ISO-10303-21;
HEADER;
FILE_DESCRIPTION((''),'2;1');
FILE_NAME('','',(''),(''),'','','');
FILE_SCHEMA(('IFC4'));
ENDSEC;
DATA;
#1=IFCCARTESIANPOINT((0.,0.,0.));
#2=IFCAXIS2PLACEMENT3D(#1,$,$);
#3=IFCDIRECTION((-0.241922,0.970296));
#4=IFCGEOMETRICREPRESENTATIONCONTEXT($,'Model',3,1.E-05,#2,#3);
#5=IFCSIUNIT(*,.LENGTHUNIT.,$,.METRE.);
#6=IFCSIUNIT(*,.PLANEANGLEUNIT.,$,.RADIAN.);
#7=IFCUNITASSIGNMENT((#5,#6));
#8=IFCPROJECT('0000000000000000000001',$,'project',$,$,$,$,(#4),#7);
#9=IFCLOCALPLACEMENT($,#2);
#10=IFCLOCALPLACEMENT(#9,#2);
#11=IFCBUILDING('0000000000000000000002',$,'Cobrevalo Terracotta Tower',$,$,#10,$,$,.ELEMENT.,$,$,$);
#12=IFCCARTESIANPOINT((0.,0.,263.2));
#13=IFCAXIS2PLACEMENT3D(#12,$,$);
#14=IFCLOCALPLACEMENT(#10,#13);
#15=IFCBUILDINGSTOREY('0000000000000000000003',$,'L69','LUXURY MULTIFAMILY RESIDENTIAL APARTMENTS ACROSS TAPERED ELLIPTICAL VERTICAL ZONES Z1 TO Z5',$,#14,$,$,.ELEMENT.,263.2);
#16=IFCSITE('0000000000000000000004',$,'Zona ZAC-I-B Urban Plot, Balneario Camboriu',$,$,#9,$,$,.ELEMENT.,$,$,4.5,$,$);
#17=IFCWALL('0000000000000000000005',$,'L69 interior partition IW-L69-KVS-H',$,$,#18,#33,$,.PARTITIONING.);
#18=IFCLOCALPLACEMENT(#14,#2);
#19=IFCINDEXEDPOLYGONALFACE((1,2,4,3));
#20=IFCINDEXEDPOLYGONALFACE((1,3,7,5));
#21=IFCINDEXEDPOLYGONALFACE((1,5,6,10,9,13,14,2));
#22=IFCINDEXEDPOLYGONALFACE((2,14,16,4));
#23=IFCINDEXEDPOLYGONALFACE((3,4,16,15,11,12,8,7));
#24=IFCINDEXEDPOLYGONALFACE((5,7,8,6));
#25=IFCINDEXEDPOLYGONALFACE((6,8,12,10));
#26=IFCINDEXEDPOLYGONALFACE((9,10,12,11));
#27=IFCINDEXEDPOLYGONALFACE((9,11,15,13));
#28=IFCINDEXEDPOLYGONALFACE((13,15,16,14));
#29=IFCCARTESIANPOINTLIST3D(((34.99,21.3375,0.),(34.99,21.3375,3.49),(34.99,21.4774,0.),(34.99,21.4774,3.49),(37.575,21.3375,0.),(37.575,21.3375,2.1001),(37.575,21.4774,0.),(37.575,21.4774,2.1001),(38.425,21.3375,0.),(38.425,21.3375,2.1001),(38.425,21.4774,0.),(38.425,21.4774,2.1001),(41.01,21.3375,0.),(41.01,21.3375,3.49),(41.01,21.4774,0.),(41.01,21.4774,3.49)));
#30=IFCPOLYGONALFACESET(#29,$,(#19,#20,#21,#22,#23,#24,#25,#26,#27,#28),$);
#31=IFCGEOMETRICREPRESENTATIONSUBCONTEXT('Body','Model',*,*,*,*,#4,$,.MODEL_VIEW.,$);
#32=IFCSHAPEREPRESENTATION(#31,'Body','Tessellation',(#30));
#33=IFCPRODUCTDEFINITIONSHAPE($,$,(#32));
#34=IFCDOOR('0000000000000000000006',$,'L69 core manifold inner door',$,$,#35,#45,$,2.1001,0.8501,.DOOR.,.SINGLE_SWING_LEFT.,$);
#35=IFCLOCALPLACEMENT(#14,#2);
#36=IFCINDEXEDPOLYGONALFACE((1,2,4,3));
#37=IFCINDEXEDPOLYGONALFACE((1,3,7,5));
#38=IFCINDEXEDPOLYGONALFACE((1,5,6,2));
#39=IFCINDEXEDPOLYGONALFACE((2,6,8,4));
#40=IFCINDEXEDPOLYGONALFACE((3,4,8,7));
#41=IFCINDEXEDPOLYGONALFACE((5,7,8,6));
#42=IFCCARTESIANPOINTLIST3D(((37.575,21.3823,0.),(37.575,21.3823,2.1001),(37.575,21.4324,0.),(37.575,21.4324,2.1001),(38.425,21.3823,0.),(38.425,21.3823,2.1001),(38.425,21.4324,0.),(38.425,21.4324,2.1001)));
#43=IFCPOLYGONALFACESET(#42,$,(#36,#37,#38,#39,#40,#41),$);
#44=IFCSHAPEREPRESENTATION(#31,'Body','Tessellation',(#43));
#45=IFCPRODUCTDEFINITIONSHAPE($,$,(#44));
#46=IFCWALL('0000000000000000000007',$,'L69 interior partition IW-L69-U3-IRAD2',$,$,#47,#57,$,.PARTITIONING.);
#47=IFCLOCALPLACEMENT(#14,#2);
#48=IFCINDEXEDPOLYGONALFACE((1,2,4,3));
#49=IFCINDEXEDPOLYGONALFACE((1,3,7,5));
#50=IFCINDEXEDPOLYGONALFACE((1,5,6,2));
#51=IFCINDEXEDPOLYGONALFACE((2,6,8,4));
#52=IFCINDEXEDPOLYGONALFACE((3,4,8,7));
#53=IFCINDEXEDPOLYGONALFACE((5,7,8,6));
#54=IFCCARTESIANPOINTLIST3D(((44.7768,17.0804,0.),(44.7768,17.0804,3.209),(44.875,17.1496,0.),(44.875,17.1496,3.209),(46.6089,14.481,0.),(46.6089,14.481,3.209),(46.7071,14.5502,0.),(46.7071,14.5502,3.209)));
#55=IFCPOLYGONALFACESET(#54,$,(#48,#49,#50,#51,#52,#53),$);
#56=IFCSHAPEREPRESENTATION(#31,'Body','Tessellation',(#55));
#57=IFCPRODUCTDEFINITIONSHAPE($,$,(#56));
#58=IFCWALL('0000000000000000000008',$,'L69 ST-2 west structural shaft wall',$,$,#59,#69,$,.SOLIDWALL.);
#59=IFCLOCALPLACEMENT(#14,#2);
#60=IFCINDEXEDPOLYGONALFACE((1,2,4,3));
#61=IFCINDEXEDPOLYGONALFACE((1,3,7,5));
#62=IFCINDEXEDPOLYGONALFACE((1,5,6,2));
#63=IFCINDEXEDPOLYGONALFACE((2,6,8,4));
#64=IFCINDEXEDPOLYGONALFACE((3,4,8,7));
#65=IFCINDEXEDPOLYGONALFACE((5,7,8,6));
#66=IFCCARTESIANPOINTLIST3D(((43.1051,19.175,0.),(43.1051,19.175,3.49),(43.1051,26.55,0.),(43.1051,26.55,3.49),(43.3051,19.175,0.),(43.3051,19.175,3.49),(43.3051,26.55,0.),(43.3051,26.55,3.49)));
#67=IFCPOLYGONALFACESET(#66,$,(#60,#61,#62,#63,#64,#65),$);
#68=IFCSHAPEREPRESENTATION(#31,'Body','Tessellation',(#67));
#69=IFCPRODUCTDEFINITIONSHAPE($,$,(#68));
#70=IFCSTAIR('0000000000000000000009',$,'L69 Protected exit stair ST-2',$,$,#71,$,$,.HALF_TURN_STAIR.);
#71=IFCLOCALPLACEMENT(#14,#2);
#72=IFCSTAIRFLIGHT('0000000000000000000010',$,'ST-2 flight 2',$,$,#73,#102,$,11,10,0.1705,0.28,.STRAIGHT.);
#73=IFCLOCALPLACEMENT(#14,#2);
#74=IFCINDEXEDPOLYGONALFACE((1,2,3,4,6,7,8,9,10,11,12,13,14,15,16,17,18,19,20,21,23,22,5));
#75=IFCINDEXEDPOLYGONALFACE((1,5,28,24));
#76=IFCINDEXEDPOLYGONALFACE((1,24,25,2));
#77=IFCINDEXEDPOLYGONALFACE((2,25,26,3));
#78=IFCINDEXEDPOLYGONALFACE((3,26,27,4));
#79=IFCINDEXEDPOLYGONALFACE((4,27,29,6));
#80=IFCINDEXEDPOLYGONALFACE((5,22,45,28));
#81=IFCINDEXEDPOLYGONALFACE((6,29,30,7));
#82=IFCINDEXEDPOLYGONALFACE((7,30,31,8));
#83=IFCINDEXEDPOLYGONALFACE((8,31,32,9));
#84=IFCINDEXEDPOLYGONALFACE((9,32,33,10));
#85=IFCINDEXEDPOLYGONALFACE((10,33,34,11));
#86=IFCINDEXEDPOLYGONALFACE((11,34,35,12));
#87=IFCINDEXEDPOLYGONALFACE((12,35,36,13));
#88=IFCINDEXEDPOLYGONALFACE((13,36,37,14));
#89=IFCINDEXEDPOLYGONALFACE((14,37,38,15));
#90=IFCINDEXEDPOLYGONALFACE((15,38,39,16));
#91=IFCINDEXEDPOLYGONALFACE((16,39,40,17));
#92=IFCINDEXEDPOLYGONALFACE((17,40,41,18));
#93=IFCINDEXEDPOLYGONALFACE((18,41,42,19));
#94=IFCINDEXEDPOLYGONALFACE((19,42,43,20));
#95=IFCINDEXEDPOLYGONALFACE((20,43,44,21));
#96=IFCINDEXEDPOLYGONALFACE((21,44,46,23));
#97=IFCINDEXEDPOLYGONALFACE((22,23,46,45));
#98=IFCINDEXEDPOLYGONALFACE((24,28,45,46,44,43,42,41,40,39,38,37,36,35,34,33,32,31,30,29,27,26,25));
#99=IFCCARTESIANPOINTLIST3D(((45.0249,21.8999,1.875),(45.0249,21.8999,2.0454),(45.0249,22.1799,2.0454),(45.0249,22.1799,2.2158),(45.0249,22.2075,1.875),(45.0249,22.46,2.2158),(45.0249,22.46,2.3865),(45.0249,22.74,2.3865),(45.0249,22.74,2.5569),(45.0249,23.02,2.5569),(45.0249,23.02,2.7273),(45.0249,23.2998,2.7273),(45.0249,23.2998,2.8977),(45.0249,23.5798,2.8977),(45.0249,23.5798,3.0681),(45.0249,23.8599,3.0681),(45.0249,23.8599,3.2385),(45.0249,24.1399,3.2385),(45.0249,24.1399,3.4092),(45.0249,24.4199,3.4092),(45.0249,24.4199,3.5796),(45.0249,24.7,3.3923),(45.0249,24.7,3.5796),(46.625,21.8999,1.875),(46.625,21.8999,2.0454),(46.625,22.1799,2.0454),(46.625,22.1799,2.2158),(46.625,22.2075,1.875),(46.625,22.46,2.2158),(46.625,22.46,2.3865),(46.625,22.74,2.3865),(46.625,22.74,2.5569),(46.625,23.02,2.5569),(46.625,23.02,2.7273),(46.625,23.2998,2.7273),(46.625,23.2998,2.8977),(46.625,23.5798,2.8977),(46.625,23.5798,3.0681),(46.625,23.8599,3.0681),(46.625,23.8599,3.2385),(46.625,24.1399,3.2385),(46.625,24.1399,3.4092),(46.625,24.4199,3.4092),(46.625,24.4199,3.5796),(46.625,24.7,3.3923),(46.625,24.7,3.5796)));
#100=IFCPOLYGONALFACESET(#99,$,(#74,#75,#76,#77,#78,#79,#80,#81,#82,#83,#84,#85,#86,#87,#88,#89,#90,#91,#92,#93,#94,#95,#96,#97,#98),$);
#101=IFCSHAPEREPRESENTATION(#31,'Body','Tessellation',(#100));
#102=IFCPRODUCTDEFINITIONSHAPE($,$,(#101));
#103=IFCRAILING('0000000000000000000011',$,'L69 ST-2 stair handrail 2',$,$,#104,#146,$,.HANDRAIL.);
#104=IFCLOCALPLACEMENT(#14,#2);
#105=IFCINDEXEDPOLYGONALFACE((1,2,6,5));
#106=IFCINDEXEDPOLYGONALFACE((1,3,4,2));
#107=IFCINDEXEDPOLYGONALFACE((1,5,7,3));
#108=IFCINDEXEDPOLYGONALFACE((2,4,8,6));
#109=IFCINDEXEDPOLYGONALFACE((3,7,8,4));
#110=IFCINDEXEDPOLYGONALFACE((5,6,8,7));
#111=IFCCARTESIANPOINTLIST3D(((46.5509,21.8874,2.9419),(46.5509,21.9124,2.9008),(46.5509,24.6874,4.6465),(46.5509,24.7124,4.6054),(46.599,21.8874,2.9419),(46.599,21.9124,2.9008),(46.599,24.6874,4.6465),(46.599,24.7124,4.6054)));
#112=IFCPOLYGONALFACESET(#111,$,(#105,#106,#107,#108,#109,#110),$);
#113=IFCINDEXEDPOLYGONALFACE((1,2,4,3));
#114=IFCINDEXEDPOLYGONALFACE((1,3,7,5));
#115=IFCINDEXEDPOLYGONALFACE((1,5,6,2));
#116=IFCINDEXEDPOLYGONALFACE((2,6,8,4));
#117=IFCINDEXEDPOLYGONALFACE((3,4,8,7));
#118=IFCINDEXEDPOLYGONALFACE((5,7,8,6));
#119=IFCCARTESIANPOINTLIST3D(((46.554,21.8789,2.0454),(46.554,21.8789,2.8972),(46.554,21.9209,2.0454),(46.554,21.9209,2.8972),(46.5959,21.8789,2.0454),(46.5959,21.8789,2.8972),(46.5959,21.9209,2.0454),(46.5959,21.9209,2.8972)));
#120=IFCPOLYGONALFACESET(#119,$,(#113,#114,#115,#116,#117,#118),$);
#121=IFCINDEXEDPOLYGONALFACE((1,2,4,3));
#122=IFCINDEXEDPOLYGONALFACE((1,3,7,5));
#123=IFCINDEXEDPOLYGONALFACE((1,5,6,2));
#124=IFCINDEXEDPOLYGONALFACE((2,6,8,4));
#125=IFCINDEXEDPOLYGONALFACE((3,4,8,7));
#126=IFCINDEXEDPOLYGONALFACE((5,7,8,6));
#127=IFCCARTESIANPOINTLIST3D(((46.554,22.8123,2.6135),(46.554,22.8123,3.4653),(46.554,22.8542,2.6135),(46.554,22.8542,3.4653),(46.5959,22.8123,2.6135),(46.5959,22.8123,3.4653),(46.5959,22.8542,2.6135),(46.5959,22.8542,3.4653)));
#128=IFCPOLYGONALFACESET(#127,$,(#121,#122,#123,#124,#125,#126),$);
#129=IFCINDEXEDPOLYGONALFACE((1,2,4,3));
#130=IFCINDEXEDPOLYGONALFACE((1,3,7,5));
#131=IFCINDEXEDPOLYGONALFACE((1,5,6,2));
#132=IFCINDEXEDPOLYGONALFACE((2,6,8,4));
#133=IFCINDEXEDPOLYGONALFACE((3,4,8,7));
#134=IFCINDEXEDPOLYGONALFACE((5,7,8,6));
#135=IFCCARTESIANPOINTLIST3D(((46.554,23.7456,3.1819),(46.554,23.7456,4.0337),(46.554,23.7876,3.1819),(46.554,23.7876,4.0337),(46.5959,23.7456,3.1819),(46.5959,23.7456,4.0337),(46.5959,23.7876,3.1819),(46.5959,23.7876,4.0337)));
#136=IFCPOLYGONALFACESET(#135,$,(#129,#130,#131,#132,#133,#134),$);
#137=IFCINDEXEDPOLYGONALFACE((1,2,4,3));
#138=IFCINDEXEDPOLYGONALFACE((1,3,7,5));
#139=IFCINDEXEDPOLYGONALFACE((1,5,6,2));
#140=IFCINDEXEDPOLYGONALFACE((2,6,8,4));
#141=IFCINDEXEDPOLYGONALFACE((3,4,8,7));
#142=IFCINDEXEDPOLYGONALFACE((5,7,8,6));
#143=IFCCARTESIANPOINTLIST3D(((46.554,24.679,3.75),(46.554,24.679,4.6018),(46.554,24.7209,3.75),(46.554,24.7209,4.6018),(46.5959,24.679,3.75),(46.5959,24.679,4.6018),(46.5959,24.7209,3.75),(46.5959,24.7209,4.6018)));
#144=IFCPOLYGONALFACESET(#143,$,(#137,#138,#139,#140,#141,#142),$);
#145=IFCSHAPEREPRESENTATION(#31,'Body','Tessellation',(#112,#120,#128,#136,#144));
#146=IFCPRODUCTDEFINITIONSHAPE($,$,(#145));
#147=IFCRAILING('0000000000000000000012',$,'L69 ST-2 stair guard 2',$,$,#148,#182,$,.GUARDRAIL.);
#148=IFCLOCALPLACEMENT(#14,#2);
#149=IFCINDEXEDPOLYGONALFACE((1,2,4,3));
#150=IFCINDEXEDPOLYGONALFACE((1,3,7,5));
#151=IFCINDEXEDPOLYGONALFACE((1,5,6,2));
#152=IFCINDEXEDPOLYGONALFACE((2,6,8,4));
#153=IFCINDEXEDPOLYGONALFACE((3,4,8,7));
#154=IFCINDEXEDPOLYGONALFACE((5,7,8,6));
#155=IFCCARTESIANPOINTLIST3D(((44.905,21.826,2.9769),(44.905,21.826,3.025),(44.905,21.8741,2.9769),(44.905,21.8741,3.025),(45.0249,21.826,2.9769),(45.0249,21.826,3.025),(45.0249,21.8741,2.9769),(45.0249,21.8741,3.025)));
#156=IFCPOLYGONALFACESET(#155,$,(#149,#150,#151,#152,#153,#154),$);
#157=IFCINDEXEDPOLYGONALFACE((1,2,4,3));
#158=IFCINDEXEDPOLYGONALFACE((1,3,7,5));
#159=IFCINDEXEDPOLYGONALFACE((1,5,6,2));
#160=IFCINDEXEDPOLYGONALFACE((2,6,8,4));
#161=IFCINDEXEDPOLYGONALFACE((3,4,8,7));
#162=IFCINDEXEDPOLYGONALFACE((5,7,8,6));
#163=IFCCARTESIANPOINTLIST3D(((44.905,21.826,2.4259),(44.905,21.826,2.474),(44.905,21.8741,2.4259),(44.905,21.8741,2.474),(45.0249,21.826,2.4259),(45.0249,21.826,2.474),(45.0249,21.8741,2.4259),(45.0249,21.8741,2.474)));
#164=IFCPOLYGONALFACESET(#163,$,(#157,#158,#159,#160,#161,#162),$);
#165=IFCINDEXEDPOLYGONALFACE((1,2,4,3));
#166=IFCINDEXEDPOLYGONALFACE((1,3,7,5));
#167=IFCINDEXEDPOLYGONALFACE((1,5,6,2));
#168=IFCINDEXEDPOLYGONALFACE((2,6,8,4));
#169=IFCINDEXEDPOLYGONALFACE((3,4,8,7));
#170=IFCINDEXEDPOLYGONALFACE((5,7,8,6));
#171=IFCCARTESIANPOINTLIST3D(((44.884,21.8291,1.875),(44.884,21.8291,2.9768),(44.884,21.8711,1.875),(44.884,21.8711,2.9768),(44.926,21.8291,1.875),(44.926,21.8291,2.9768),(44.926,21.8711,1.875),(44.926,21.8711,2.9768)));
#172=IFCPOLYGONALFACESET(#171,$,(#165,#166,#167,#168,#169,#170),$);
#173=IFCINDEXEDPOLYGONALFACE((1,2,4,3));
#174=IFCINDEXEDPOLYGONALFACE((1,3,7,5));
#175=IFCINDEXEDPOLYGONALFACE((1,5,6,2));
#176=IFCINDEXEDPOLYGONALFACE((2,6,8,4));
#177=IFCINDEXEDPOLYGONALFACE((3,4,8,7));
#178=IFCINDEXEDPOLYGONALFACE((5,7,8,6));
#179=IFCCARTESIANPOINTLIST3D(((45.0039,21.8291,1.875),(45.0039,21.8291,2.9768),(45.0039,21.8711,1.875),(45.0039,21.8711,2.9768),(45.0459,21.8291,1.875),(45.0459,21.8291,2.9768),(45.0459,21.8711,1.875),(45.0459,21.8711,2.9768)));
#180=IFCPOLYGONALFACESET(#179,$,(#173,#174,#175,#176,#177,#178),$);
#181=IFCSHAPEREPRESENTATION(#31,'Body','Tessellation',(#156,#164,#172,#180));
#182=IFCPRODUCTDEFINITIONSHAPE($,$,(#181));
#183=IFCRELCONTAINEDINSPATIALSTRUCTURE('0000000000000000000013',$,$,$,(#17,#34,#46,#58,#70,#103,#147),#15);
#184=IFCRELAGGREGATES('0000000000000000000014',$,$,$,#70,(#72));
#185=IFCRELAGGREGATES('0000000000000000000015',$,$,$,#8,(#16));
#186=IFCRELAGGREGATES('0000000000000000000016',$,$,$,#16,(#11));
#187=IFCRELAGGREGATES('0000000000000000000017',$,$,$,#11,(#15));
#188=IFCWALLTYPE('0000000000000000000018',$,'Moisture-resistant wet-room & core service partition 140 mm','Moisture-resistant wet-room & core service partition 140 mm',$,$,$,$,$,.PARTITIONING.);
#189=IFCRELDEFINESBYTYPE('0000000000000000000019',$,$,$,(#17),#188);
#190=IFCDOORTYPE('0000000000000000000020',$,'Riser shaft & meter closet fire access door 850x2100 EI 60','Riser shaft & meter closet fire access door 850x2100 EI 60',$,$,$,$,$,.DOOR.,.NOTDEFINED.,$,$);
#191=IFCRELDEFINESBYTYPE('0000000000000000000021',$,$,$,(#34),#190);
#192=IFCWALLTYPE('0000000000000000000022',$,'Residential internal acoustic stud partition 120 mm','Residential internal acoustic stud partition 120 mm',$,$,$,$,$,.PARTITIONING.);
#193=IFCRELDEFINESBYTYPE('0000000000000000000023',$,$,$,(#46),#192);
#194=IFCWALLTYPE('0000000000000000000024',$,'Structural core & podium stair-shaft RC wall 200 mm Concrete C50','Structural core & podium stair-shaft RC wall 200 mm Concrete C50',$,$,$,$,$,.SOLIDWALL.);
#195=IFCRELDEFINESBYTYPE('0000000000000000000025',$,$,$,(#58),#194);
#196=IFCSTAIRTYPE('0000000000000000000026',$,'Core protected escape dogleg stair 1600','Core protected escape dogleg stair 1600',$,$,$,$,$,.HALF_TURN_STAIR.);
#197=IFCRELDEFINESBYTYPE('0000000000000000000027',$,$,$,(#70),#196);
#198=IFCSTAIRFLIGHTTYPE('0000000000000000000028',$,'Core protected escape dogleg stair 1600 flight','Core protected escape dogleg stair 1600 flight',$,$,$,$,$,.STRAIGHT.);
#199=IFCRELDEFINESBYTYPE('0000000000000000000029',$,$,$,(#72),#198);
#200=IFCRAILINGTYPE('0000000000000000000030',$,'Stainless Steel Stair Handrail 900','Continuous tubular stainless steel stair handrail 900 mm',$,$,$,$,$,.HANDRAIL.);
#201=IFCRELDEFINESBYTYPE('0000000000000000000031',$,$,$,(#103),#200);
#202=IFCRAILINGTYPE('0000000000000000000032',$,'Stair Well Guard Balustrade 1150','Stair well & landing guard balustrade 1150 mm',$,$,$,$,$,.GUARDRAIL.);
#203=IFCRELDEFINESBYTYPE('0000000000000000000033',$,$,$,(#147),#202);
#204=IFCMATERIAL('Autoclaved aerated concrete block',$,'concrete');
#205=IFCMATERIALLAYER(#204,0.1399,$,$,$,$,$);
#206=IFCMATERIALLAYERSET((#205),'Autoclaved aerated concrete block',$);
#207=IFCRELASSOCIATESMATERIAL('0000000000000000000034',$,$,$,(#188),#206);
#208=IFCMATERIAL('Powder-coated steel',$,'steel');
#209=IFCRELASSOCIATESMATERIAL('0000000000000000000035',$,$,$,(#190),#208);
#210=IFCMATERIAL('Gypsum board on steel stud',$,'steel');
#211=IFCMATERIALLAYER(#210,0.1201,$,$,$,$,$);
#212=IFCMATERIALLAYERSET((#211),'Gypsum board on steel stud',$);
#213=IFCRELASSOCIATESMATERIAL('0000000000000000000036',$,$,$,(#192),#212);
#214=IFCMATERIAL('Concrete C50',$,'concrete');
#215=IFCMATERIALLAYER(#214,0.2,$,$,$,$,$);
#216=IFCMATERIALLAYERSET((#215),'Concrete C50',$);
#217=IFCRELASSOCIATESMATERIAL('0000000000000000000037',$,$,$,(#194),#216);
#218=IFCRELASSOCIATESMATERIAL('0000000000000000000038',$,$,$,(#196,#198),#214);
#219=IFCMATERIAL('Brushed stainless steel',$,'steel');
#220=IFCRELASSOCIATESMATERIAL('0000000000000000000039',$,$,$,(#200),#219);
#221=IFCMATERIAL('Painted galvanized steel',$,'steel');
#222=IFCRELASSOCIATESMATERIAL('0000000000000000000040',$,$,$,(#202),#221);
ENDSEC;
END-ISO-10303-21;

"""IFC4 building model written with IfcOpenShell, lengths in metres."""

from ifc_helpers import new_model, si_unit, direction, frame, frame_2d, origin, origin_2d, place, context, subcontext, project, spatial, polyline, rectangle, outline, extrude, source, transform, mapped, material, layer, layer_set, type_object, element, fill, aggregate, save


model = new_model("IFC4")

# Units and contexts
model_context = context("Model", 3, precision=1e-05, world=origin(), true_north=direction((-0.241922, 0.970296)))
body_context = subcontext(model_context, "Body", "Model", "MODEL_VIEW")
ifc_project = project(units=[si_unit("LENGTHUNIT", "METRE"), si_unit("PLANEANGLEUNIT", "RADIAN")], contexts=[model_context])

# Site, building, storey
site_placement = place(None, origin())
site = spatial("IfcSite", under=ifc_project, at=site_placement, Name="Zona ZAC-I-B Urban Plot, Balneario Camboriu", CompositionType="ELEMENT", RefElevation=4.5)
building_placement = place(site_placement, origin())
building = spatial("IfcBuilding", under=site, at=building_placement, Name="Cobrevalo Terracotta Tower", CompositionType="ELEMENT")
storey_placement = place(building_placement, frame((0.0, 0.0, 263.2)))
storey = spatial("IfcBuildingStorey", under=building, at=storey_placement, Name="L69", Description="LUXURY MULTIFAMILY RESIDENTIAL APARTMENTS ACROSS TAPERED ELLIPTICAL VERTICAL ZONES Z1 TO Z5", CompositionType="ELEMENT", Elevation=263.2)

# Shared definitions
ifc_material_1 = material(Name="Concrete C50", Category="concrete")

# Shared definitions
ifc_material_2 = material(Name="Gypsum board on steel stud", Category="steel")
ifc_material_3 = material(Name="Autoclaved aerated concrete block", Category="concrete")

# Shared definitions
ifc_layer_1 = layer(ifc_material_3, 0.1399)
ifc_layer_set_1 = layer_set([ifc_layer_1], Name="Autoclaved aerated concrete block")
wall_type_1 = type_object("IfcWallType", Name="Moisture-resistant wet-room & core service partition 140 mm", Description="Moisture-resistant wet-room & core service partition 140 mm", PredefinedType="PARTITIONING", material=ifc_layer_set_1)

# Wall, opening, door
wall_1_placement = place(storey_placement, frame((34.99, 21.4075, 0.0), z_axis=(0.0, 0.0, 1.0), x_axis=(1.0, 0.0, 0.0)))
wall_1 = element("IfcWall", 1, at=wall_1_placement, inside=storey, type_object=wall_type_1, Name="L69 interior partition IW-L69-KVS-H", PredefinedType="PARTITIONING", context=body_context, shape_type="SweptSolid", body=[
    extrude(rectangle(XDim=6.02, YDim=0.1399, at=frame_2d((3.01, 0.0))), origin(), (0.0, 0.0, 1.0), 3.49),
])
opening_1_placement = place(wall_1_placement, frame((2.585, 0.0, 0.0)))
opening_1 = element("IfcOpeningElement", 2, at=opening_1_placement, cuts=wall_1, PredefinedType="OPENING", context=body_context, shape_type="SweptSolid", body=[
    extrude(rectangle(XDim=0.8501, YDim=2.1001, at=frame_2d((0.425, 1.05))), frame((0.0, 0.0801, 0.0), z_axis=(0.0, -1.0, 0.0), x_axis=(1.0, 0.0, 0.0)), (0.0, 0.0, 1.0), 0.1599),
])
ifc_material_4 = material(Name="Powder-coated steel", Category="steel")
door_type_1 = type_object("IfcDoorType", Name="Riser shaft & meter closet fire access door 850x2100 EI 60", Description="Riser shaft & meter closet fire access door 850x2100 EI 60", OperationType="NOTDEFINED", PredefinedType="DOOR", material=ifc_material_4)
shared_shape_1 = source(origin(), body_context, "Body", "SweptSolid", [
    extrude(rectangle(XDim=0.8501, YDim=2.1001, at=frame_2d((0.425, 1.05))), frame((0.0, 0.0249, 0.0), z_axis=(0.0, -1.0, 0.0), x_axis=(1.0, 0.0, 0.0)), (0.0, 0.0, 1.0), 0.05),
])
door_1_placement = place(opening_1_placement, origin())
door_1 = element("IfcDoor", 3, at=door_1_placement, inside=storey, type_object=door_type_1, Name="L69 core manifold inner door", OperationType="SINGLE_SWING_LEFT", OverallHeight=2.1001, OverallWidth=0.8501, PredefinedType="DOOR", context=body_context, shape_type="MappedRepresentation", body=[
    mapped(shared_shape_1, transform((0.0, 0.0, 0.0), scale=1.0)),
])
fill(opening_1, door_1)

# Walls
ifc_layer_2 = layer(ifc_material_2, 0.1201)
ifc_layer_set_2 = layer_set([ifc_layer_2], Name="Gypsum board on steel stud")
wall_type_2 = type_object("IfcWallType", Name="Residential internal acoustic stud partition 120 mm", Description="Residential internal acoustic stud partition 120 mm", PredefinedType="PARTITIONING", material=ifc_layer_set_2)
wall_2_placement = place(storey_placement, frame((44.8259, 17.115, 0.0), z_axis=(0.0, 0.0, 1.0), x_axis=(0.576092, -0.817385, 0.0)))
element("IfcWall", 4, at=wall_2_placement, inside=storey, type_object=wall_type_2, Name="L69 interior partition IW-L69-U3-IRAD2", PredefinedType="PARTITIONING", context=body_context, shape_type="SweptSolid", body=[
    extrude(rectangle(XDim=3.1802, YDim=0.1201, at=frame_2d((1.5901, 0.0))), origin(), (0.0, 0.0, 1.0), 3.209),
])
ifc_layer_3 = layer(ifc_material_1, 0.2)
ifc_layer_set_3 = layer_set([ifc_layer_3], Name="Concrete C50")
wall_type_3 = type_object("IfcWallType", Name="Structural core & podium stair-shaft RC wall 200 mm Concrete C50", Description="Structural core & podium stair-shaft RC wall 200 mm Concrete C50", PredefinedType="SOLIDWALL", material=ifc_layer_set_3)
wall_3_placement = place(storey_placement, frame((43.2051, 19.175, 0.0), z_axis=(0.0, 0.0, 1.0), x_axis=(0.0, 1.0, 0.0)))
element("IfcWall", 5, at=wall_3_placement, inside=storey, type_object=wall_type_3, Name="L69 ST-2 west structural shaft wall", PredefinedType="SOLIDWALL", context=body_context, shape_type="SweptSolid", body=[
    extrude(rectangle(XDim=7.375, YDim=0.2, at=frame_2d((3.6875, 0.0))), origin(), (0.0, 0.0, 1.0), 3.49),
])

# Stair, stair flight
stair_type = type_object("IfcStairType", Name="Core protected escape dogleg stair 1600", Description="Core protected escape dogleg stair 1600", PredefinedType="HALF_TURN_STAIR", material=ifc_material_1)
stair_placement = place(storey_placement, origin())
stair = element("IfcStair", 6, at=stair_placement, inside=storey, type_object=stair_type, Name="L69 Protected exit stair ST-2", PredefinedType="HALF_TURN_STAIR")
stair_flight_type = type_object("IfcStairFlightType", Name="Core protected escape dogleg stair 1600 flight", Description="Core protected escape dogleg stair 1600 flight", PredefinedType="STRAIGHT", material=ifc_material_1)
stair_flight_placement = place(storey_placement, frame((45.825, 21.8999, 1.875), z_axis=(0.0, 0.0, 1.0), x_axis=(0.0, 1.0, 0.0)))
stair_flight = element("IfcStairFlight", 7, at=stair_flight_placement, type_object=stair_flight_type, Name="ST-2 flight 2", NumberOfRisers=11, NumberOfTreads=10, PredefinedType="STRAIGHT", RiserHeight=0.1705, TreadLength=0.28, context=body_context, shape_type="SweptSolid", body=[
    extrude(outline(polyline([(0.0, 0.0), (0.0, 0.1704), (0.28, 0.1704), (0.28, 0.3408), (0.5601, 0.3408), (0.5601, 0.5115), (0.8401, 0.5115), (0.8401, 0.6819), (1.1201, 0.6819), (1.1201, 0.8523), (1.3999, 0.8523), (1.3999, 1.0227), (1.6799, 1.0227), (1.6799, 1.1931), (1.96, 1.1931), (1.96, 1.3635), (2.24, 1.3635), (2.24, 1.5342), (2.52, 1.5342), (2.52, 1.7046), (2.8, 1.7046), (2.8, 1.875), (2.8, 1.5173), (0.3076, 0.0), (0.0, 0.0)])), frame((0.0, 0.8, 0.0), z_axis=(0.0, -1.0, 0.0), x_axis=(1.0, 0.0, 0.0)), (0.0, 0.0, 1.0), 1.6001),
])
aggregate(stair, [stair_flight])

# Railings
ifc_material_5 = material(Name="Brushed stainless steel", Category="steel")
railing_type_1 = type_object("IfcRailingType", Name="Stainless Steel Stair Handrail 900", Description="Continuous tubular stainless steel stair handrail 900 mm", PredefinedType="HANDRAIL", material=ifc_material_5)
railing_1_placement = place(storey_placement, frame((46.575, 21.8999, 2.0454)))
element("IfcRailing", 8, at=railing_1_placement, inside=storey, type_object=railing_type_1, Name="L69 ST-2 stair handrail 2", PredefinedType="HANDRAIL", context=body_context, shape_type="SweptSolid", body=[
    extrude(rectangle(XDim=0.0481, YDim=0.0481, at=origin_2d()), frame((0.0, 0.0, 0.876), z_axis=(0.0, 0.85417, 0.519994), x_axis=(-1.0, 0.0, 0.0)), (0.0, 0.0, 1.0), 3.2781),
    extrude(rectangle(XDim=0.042, YDim=0.042, at=origin_2d()), origin(), (0.0, 0.0, 1.0), 0.8518),
    extrude(rectangle(XDim=0.042, YDim=0.042, at=origin_2d()), frame((0.0, 0.9333, 0.5681)), (0.0, 0.0, 1.0), 0.8518),
    extrude(rectangle(XDim=0.042, YDim=0.042, at=origin_2d()), frame((0.0, 1.8667, 1.1365)), (0.0, 0.0, 1.0), 0.8518),
    extrude(rectangle(XDim=0.042, YDim=0.042, at=origin_2d()), frame((0.0, 2.8, 1.7046)), (0.0, 0.0, 1.0), 0.8518),
])
ifc_material_6 = material(Name="Painted galvanized steel", Category="steel")
railing_type_2 = type_object("IfcRailingType", Name="Stair Well Guard Balustrade 1150", Description="Stair well & landing guard balustrade 1150 mm", PredefinedType="GUARDRAIL", material=ifc_material_6)
railing_2_placement = place(storey_placement, frame((44.905, 21.8501, 1.875)))
element("IfcRailing", 9, at=railing_2_placement, inside=storey, type_object=railing_type_2, Name="L69 ST-2 stair guard 2", PredefinedType="GUARDRAIL", context=body_context, shape_type="SweptSolid", body=[
    extrude(rectangle(XDim=0.0481, YDim=0.0481, at=origin_2d()), frame((0.0, 0.0, 1.126), z_axis=(1.0, 0.0, 0.0), x_axis=(0.0, 1.0, 0.0)), (0.0, 0.0, 1.0), 0.1199),
    extrude(rectangle(XDim=0.0481, YDim=0.0481, at=origin_2d()), frame((0.0, 0.0, 0.575), z_axis=(1.0, 0.0, 0.0), x_axis=(0.0, 1.0, 0.0)), (0.0, 0.0, 1.0), 0.1199),
    extrude(rectangle(XDim=0.042, YDim=0.042, at=origin_2d()), origin(), (0.0, 0.0, 1.0), 1.1018),
    extrude(rectangle(XDim=0.042, YDim=0.042, at=origin_2d()), frame((0.1199, 0.0, 0.0)), (0.0, 0.0, 1.0), 1.1018),
])

save(model, "model.ifc")
